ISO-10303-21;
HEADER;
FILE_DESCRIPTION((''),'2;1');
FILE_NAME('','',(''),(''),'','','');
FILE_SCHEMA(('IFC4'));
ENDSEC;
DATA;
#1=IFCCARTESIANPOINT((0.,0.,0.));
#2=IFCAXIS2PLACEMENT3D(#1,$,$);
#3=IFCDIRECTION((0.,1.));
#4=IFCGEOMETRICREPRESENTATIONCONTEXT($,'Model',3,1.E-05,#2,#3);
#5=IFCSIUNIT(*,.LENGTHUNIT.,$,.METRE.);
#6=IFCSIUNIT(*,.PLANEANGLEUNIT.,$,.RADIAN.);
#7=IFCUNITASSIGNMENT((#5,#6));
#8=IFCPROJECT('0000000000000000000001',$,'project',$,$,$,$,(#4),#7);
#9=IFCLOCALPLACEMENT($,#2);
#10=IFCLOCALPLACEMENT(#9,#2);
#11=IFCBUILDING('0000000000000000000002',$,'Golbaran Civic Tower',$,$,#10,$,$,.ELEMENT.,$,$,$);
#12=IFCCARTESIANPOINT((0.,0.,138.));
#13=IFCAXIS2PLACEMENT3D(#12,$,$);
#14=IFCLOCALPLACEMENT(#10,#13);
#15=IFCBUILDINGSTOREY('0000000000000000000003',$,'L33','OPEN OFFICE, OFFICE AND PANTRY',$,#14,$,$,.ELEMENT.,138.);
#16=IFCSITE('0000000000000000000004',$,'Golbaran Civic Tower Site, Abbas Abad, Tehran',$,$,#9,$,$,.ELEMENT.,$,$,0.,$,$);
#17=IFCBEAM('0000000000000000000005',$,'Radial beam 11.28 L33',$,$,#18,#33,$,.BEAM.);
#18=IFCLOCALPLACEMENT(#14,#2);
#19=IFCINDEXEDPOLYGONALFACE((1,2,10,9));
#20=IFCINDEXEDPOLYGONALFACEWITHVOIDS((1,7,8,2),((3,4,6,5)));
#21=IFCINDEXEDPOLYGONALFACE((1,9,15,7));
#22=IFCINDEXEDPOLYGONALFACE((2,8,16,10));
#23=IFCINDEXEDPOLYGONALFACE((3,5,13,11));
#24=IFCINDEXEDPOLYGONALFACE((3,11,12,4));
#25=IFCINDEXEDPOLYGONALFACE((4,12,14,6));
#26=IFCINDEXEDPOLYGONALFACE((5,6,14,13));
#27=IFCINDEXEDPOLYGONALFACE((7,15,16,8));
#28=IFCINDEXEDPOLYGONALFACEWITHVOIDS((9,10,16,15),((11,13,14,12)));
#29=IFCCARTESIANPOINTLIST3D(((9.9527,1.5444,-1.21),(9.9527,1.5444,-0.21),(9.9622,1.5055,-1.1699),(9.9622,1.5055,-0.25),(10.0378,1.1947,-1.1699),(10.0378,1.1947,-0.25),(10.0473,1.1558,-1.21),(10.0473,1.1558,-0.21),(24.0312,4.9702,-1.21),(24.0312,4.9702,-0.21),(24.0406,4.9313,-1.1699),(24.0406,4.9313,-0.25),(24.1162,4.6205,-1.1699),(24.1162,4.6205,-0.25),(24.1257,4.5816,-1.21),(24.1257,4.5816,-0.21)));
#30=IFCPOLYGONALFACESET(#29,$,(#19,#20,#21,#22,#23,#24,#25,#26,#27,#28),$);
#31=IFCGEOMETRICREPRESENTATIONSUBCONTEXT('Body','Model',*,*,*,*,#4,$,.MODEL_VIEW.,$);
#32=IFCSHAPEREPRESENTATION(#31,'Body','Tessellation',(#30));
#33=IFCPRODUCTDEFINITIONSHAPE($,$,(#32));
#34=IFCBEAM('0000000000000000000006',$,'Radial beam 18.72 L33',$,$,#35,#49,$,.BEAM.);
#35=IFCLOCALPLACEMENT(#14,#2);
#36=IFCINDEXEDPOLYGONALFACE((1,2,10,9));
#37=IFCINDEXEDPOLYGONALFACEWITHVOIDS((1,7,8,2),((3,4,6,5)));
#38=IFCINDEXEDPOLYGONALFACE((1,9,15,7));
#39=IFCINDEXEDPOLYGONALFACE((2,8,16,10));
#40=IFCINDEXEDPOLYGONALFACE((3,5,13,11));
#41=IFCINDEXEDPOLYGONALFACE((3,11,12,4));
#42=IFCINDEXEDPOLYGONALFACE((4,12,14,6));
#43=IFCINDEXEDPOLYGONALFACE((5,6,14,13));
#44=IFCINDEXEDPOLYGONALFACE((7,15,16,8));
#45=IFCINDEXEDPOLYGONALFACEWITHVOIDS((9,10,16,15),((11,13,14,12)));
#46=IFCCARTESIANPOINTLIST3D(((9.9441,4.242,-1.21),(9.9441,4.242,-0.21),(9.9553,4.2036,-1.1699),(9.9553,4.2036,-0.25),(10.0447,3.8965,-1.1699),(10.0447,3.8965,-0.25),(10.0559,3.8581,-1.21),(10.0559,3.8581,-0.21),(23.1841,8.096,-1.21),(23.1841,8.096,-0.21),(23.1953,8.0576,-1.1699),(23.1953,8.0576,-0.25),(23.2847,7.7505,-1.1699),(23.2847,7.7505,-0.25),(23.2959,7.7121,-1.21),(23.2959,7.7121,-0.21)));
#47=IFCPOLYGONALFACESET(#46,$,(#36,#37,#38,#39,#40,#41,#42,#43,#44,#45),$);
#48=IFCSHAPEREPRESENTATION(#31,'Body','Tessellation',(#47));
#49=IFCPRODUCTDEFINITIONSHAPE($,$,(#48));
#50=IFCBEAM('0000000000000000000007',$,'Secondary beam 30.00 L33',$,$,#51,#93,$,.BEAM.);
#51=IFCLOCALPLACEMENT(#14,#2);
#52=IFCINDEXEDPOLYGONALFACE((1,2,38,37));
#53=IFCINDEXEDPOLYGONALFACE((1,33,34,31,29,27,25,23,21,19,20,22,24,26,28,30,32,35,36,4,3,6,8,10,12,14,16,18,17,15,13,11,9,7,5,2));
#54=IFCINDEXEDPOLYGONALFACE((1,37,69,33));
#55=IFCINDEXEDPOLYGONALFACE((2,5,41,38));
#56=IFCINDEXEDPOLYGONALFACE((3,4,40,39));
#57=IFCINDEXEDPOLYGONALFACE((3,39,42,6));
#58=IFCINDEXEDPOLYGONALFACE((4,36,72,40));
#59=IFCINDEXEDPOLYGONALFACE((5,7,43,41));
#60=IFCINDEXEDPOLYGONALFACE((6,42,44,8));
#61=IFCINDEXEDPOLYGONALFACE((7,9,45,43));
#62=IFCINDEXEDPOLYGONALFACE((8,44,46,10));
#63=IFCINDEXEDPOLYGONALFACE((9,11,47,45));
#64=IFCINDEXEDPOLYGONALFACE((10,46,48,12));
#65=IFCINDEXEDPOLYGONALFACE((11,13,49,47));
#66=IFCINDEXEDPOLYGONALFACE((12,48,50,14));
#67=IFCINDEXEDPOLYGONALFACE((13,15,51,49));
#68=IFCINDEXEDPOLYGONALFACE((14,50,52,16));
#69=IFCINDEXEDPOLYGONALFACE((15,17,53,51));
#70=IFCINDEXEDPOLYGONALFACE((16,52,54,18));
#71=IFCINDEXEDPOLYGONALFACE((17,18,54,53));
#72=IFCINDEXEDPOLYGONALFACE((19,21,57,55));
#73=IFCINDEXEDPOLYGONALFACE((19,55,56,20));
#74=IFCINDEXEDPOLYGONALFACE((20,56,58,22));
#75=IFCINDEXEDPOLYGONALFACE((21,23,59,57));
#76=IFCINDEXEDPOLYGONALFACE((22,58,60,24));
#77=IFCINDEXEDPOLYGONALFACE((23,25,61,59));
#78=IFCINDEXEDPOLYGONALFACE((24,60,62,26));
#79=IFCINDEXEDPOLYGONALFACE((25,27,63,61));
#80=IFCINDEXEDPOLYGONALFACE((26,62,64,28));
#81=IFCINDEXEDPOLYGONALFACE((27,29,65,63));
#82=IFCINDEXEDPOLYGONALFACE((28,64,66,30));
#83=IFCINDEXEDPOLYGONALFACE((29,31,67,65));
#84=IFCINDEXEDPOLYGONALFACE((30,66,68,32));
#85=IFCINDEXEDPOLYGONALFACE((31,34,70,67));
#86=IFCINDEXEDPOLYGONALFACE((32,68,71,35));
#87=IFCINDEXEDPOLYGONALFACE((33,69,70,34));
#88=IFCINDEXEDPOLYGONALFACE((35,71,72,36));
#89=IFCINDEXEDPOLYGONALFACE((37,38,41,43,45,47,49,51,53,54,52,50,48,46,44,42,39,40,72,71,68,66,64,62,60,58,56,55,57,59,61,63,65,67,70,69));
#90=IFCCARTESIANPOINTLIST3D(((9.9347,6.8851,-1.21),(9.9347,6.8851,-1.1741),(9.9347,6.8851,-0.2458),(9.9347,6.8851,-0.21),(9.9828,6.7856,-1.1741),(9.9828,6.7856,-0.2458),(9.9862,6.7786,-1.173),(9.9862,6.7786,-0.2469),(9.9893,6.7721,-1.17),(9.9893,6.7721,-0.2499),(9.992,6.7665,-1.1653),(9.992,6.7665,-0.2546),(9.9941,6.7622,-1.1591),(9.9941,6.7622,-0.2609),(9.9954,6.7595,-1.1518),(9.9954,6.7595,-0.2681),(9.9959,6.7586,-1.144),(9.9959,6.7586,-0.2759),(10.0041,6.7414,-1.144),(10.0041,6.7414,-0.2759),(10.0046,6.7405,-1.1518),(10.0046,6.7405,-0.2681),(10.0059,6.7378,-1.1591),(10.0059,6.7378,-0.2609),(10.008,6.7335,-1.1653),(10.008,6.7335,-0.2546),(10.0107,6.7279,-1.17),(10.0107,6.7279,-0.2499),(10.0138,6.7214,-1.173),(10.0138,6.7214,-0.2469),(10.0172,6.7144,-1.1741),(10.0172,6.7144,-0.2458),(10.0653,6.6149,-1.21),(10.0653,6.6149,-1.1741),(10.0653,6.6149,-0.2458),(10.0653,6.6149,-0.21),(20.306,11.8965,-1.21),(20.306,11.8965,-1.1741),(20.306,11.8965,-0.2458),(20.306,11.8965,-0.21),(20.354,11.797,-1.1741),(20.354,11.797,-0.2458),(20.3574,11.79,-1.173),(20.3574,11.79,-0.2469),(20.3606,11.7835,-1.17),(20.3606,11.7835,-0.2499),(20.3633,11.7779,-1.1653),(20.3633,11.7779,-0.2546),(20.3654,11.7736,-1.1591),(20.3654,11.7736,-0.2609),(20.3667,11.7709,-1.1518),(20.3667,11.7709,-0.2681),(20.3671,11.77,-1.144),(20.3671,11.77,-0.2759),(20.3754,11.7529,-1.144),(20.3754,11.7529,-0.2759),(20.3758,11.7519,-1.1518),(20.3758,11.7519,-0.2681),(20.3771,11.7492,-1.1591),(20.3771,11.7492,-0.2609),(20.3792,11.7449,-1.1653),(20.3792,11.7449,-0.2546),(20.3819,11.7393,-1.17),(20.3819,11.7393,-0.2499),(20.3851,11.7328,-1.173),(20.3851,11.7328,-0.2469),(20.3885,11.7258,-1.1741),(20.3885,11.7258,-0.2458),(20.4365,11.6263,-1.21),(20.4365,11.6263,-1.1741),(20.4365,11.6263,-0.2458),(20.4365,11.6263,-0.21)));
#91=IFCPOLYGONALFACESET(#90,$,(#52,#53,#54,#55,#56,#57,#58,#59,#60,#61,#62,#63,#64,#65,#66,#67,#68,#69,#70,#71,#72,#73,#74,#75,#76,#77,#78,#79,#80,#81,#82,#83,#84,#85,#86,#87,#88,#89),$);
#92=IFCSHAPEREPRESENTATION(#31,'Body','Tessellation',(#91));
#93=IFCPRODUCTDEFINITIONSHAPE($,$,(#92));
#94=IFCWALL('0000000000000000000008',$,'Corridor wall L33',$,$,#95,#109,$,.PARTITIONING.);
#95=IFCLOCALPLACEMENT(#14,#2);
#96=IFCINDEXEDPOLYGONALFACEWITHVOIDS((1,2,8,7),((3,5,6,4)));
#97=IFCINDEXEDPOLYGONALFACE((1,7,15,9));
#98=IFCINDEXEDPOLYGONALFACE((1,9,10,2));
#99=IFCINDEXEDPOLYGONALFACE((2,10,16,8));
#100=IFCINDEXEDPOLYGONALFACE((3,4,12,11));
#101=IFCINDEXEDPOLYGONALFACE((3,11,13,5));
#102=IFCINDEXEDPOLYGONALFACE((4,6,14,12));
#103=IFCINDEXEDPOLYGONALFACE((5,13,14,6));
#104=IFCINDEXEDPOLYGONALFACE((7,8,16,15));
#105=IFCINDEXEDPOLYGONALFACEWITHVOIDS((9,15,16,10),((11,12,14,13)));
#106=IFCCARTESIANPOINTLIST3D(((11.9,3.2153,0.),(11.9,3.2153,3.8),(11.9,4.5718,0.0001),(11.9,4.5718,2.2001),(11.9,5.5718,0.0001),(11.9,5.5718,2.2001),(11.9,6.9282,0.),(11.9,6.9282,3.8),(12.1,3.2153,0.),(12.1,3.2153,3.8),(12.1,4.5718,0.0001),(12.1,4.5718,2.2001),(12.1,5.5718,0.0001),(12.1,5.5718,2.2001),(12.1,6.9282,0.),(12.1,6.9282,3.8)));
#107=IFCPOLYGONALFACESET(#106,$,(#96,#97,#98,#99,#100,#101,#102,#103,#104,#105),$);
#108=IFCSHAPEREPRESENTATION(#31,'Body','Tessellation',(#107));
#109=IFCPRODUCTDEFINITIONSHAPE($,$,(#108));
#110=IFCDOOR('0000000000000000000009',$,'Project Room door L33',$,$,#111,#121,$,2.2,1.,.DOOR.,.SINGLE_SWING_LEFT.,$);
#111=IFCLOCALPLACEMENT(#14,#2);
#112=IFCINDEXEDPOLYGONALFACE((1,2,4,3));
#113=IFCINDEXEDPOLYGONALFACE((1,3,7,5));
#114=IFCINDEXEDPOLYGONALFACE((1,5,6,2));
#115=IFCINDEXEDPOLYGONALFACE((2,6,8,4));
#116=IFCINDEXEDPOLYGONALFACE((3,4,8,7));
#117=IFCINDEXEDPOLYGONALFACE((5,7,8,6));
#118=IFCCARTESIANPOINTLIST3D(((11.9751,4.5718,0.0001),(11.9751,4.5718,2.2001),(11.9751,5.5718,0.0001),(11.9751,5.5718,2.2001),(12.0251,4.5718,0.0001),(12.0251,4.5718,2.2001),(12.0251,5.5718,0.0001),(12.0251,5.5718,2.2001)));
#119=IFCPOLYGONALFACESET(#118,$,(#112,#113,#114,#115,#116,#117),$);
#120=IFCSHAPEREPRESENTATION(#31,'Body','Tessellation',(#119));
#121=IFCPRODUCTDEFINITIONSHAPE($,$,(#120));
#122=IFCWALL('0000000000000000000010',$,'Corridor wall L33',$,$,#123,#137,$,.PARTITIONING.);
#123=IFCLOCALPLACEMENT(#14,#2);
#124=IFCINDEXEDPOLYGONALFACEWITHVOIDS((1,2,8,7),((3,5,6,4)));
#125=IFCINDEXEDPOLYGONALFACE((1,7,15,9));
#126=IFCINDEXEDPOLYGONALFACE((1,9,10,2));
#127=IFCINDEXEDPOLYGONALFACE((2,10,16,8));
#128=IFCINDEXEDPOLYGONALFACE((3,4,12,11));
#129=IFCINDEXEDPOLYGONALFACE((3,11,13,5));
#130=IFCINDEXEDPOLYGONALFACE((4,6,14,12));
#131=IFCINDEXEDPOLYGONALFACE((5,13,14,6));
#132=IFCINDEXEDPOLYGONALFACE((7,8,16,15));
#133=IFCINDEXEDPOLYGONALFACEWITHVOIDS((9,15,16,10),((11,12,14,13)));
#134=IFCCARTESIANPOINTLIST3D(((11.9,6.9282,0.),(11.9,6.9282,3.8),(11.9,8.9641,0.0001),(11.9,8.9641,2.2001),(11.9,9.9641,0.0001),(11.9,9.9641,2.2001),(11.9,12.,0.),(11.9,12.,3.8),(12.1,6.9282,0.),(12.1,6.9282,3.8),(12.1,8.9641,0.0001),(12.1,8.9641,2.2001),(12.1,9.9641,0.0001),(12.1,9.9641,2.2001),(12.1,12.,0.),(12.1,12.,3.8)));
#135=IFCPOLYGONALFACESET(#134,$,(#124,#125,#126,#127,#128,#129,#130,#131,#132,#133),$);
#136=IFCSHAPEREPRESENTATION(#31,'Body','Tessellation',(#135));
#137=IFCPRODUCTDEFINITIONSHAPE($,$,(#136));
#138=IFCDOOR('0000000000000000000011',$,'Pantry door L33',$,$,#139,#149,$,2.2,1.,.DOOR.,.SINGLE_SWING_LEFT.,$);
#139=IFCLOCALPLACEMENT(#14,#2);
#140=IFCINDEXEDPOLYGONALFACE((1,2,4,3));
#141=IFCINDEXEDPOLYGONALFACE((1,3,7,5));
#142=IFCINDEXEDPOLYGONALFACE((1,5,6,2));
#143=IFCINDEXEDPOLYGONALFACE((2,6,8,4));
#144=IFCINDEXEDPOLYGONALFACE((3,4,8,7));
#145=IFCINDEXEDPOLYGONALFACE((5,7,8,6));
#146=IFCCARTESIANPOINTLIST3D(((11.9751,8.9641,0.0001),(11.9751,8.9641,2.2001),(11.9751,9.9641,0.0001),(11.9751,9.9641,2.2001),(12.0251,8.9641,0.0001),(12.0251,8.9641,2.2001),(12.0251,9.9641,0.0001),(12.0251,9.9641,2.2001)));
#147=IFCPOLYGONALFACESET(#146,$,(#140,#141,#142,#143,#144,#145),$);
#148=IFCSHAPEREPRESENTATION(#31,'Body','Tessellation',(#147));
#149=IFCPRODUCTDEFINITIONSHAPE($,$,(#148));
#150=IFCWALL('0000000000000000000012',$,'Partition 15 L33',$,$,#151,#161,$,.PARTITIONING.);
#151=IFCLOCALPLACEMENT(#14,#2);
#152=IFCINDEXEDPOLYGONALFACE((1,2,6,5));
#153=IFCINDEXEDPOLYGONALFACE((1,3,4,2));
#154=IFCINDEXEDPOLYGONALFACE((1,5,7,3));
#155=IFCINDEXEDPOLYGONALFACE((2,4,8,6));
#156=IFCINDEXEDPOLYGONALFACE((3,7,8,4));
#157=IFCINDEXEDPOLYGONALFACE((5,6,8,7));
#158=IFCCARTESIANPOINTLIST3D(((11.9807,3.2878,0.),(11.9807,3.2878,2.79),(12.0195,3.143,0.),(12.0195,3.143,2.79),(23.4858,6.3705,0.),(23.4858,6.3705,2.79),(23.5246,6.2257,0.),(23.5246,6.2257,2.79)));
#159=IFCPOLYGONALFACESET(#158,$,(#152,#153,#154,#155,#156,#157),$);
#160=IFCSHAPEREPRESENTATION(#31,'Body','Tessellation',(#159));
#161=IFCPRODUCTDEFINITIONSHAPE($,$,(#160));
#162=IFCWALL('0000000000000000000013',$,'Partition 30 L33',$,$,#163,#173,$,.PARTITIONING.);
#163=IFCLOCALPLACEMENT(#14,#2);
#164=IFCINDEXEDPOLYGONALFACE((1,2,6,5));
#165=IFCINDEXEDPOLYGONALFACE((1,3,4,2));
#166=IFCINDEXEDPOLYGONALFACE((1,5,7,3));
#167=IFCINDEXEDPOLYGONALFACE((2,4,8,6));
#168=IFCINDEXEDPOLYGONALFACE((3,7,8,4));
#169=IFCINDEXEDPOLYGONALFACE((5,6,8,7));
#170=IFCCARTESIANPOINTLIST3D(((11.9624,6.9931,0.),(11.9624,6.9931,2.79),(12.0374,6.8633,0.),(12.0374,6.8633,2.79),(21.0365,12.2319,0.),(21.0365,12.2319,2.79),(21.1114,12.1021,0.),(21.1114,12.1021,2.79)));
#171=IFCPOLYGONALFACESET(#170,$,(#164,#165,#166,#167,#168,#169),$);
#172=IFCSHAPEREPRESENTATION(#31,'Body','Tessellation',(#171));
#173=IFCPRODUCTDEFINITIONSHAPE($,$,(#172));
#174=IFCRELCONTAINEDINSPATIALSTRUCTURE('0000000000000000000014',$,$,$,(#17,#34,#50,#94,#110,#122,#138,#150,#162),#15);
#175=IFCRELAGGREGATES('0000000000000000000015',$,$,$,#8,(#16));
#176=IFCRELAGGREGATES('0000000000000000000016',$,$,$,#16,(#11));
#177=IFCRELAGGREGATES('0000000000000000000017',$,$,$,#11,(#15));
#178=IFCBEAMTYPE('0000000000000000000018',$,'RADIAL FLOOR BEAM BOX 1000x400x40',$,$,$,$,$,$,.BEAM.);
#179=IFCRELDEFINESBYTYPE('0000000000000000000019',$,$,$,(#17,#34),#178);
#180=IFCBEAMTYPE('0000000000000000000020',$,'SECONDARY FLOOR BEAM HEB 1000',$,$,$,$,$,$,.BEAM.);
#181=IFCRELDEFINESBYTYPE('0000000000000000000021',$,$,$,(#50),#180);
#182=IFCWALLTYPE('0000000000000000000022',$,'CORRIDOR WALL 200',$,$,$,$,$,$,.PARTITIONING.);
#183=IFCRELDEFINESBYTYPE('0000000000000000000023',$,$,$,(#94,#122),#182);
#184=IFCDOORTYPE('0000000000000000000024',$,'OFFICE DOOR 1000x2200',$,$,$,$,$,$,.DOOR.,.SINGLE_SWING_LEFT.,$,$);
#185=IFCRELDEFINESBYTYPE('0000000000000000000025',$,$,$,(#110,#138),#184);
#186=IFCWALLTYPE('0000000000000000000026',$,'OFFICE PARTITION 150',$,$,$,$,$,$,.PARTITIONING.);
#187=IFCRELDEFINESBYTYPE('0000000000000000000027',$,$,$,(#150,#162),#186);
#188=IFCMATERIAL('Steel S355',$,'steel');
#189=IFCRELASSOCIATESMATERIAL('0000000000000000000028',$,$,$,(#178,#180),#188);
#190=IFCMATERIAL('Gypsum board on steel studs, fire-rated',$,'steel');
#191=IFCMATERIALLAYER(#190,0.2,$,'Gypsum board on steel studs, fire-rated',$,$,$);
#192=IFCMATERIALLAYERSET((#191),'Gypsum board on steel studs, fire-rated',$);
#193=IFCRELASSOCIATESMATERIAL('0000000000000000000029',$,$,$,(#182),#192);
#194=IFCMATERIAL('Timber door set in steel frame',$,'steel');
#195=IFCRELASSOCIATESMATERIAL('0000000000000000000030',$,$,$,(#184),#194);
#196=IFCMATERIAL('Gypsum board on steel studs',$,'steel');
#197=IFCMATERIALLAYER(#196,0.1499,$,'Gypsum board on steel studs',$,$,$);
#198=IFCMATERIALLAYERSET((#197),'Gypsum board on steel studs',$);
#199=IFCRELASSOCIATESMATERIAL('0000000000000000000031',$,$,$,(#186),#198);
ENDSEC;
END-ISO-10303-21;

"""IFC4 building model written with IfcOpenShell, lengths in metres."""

from ifc_helpers import new_model, si_unit, direction, frame, frame_2d, origin, origin_2d, place, context, subcontext, project, spatial, rectangle, hollow_rectangle, i_section, extrude, material, layer, layer_set, material_profile, profile_set, type_object, element, fill, save


model = new_model("IFC4")

# Units and contexts
model_context = context("Model", 3, precision=1e-05, world=origin(), true_north=direction((0.0, 1.0)))
body_context = subcontext(model_context, "Body", "Model", "MODEL_VIEW")
ifc_project = project(units=[si_unit("LENGTHUNIT", "METRE"), si_unit("PLANEANGLEUNIT", "RADIAN")], contexts=[model_context])

# Site, building, storey
site_placement = place(None, origin())
site = spatial("IfcSite", under=ifc_project, at=site_placement, Name="Golbaran Civic Tower Site, Abbas Abad, Tehran", CompositionType="ELEMENT", RefElevation=0.0)
building_placement = place(site_placement, origin())
building = spatial("IfcBuilding", under=site, at=building_placement, Name="Golbaran Civic Tower", CompositionType="ELEMENT")
storey_placement = place(building_placement, frame((0.0, 0.0, 138.0)))
storey = spatial("IfcBuildingStorey", under=building, at=storey_placement, Name="L33", Description="OPEN OFFICE, OFFICE AND PANTRY", CompositionType="ELEMENT", Elevation=138.0)

# Beams
ifc_material_1 = material(Name="Steel S355", Category="steel")
ifc_material_profile_1 = material_profile(ifc_material_1, hollow_rectangle(XDim=0.3999, YDim=1.0, WallThickness=0.04, at=origin_2d()), Name="BOX 1000x400x40")
ifc_profile_set_1 = profile_set([ifc_material_profile_1], Name="Steel S355")
beam_type_1 = type_object("IfcBeamType", Name="RADIAL FLOOR BEAM BOX 1000x400x40", PredefinedType="BEAM", material=ifc_profile_set_1)
beam_1_placement = place(storey_placement, frame((10.0, 1.3501, -0.71), z_axis=(0.971647, 0.236437, 0.0), x_axis=(-0.236437, 0.971647, 0.0)))
element("IfcBeam", 1, at=beam_1_placement, inside=storey, type_object=beam_type_1, Name="Radial beam 11.28 L33", PredefinedType="BEAM", context=body_context, shape_type="SweptSolid", body=[
    extrude(hollow_rectangle(XDim=0.3999, YDim=1.0, WallThickness=0.04, at=origin_2d()), origin(), (0.0, 0.0, 1.0), 14.4893),
])
beam_2_placement = place(storey_placement, frame((10.0, 4.05, -0.71), z_axis=(0.960149, 0.279488, 0.0), x_axis=(-0.279488, 0.960149, 0.0)))
element("IfcBeam", 2, at=beam_2_placement, inside=storey, type_object=beam_type_1, Name="Radial beam 18.72 L33", PredefinedType="BEAM", context=body_context, shape_type="SweptSolid", body=[
    extrude(hollow_rectangle(XDim=0.3999, YDim=1.0, WallThickness=0.04, at=origin_2d()), origin(), (0.0, 0.0, 1.0), 13.7896),
])
ifc_material_profile_2 = material_profile(ifc_material_1, i_section(OverallWidth=0.3, OverallDepth=1.0, WebThickness=0.019, FlangeThickness=0.0359, FilletRadius=0.03, at=origin_2d()), Name="HEB 1000")
ifc_profile_set_2 = profile_set([ifc_material_profile_2], Name="Steel S355")
beam_type_2 = type_object("IfcBeamType", Name="SECONDARY FLOOR BEAM HEB 1000", PredefinedType="BEAM", material=ifc_profile_set_2)
beam_3_placement = place(storey_placement, frame((10.0, 6.75, -0.71), z_axis=(0.900394, 0.435074, 0.0), x_axis=(-0.435074, 0.900394, 0.0)))
element("IfcBeam", 3, at=beam_3_placement, inside=storey, type_object=beam_type_2, Name="Secondary beam 30.00 L33", PredefinedType="BEAM", context=body_context, shape_type="SweptSolid", body=[
    extrude(i_section(OverallWidth=0.3, OverallDepth=1.0, WebThickness=0.019, FlangeThickness=0.0359, FilletRadius=0.03, at=origin_2d()), origin(), (0.0, 0.0, 1.0), 11.5186),
])

# Walls, openings, doors
ifc_material_2 = material(Name="Gypsum board on steel studs, fire-rated", Category="steel")
ifc_layer_1 = layer(ifc_material_2, 0.2, Name="Gypsum board on steel studs, fire-rated")
ifc_layer_set_1 = layer_set([ifc_layer_1], Name="Gypsum board on steel studs, fire-rated")
wall_type_1 = type_object("IfcWallType", Name="CORRIDOR WALL 200", PredefinedType="PARTITIONING", material=ifc_layer_set_1)
wall_1_placement = place(storey_placement, frame((12.0, 3.2153, 0.0), z_axis=(0.0, 0.0, 1.0), x_axis=(0.0, 1.0, 0.0)))
wall_1 = element("IfcWall", 4, at=wall_1_placement, inside=storey, type_object=wall_type_1, Name="Corridor wall L33", PredefinedType="PARTITIONING", context=body_context, shape_type="SweptSolid", body=[
    extrude(rectangle(XDim=3.7129, YDim=0.2, at=frame_2d((1.8564, 0.0))), origin(), (0.0, 0.0, 1.0), 3.8),
])
opening_1_placement = place(wall_1_placement, frame((1.3564, 0.0, 0.0)))
opening_1 = element("IfcOpeningElement", 5, at=opening_1_placement, cuts=wall_1, PredefinedType="OPENING", context=body_context, shape_type="SweptSolid", body=[
    extrude(rectangle(XDim=1.0, YDim=2.2, at=frame_2d((0.5, 1.1001))), frame((0.0, 0.1099, 0.0), z_axis=(0.0, -1.0, 0.0), x_axis=(1.0, 0.0, 0.0)), (0.0, 0.0, 1.0), 0.22),
])
ifc_material_3 = material(Name="Timber door set in steel frame", Category="steel")
door_type = type_object("IfcDoorType", Name="OFFICE DOOR 1000x2200", OperationType="SINGLE_SWING_LEFT", PredefinedType="DOOR", material=ifc_material_3)
door_1_placement = place(opening_1_placement, origin())
door_1 = element("IfcDoor", 6, at=door_1_placement, inside=storey, type_object=door_type, Name="Project Room door L33", OperationType="SINGLE_SWING_LEFT", OverallHeight=2.2, OverallWidth=1.0, PredefinedType="DOOR", context=body_context, shape_type="SweptSolid", body=[
    extrude(rectangle(XDim=1.0, YDim=2.2, at=frame_2d((0.5, 1.1001))), frame((0.0, 0.0249, 0.0), z_axis=(0.0, -1.0, 0.0), x_axis=(1.0, 0.0, 0.0)), (0.0, 0.0, 1.0), 0.05),
])
fill(opening_1, door_1)
wall_2_placement = place(storey_placement, frame((12.0, 6.9282, 0.0), z_axis=(0.0, 0.0, 1.0), x_axis=(0.0, 1.0, 0.0)))
wall_2 = element("IfcWall", 7, at=wall_2_placement, inside=storey, type_object=wall_type_1, Name="Corridor wall L33", PredefinedType="PARTITIONING", context=body_context, shape_type="SweptSolid", body=[
    extrude(rectangle(XDim=5.0718, YDim=0.2, at=frame_2d((2.5359, 0.0))), origin(), (0.0, 0.0, 1.0), 3.8),
])
opening_2_placement = place(wall_2_placement, frame((2.0359, 0.0, 0.0)))
opening_2 = element("IfcOpeningElement", 8, at=opening_2_placement, cuts=wall_2, PredefinedType="OPENING", context=body_context, shape_type="SweptSolid", body=[
    extrude(rectangle(XDim=1.0, YDim=2.2, at=frame_2d((0.5, 1.1001))), frame((0.0, 0.1099, 0.0), z_axis=(0.0, -1.0, 0.0), x_axis=(1.0, 0.0, 0.0)), (0.0, 0.0, 1.0), 0.22),
])
door_2_placement = place(opening_2_placement, origin())
door_2 = element("IfcDoor", 9, at=door_2_placement, inside=storey, type_object=door_type, Name="Pantry door L33", OperationType="SINGLE_SWING_LEFT", OverallHeight=2.2, OverallWidth=1.0, PredefinedType="DOOR", context=body_context, shape_type="SweptSolid", body=[
    extrude(rectangle(XDim=1.0, YDim=2.2, at=frame_2d((0.5, 1.1001))), frame((0.0, 0.0249, 0.0), z_axis=(0.0, -1.0, 0.0), x_axis=(1.0, 0.0, 0.0)), (0.0, 0.0, 1.0), 0.05),
])
fill(opening_2, door_2)

# Walls
ifc_material_4 = material(Name="Gypsum board on steel studs", Category="steel")
ifc_layer_2 = layer(ifc_material_4, 0.1499, Name="Gypsum board on steel studs")
ifc_layer_set_2 = layer_set([ifc_layer_2], Name="Gypsum board on steel studs")
wall_type_2 = type_object("IfcWallType", Name="OFFICE PARTITION 150", PredefinedType="PARTITIONING", material=ifc_layer_set_2)
wall_3_placement = place(storey_placement, frame((12.0, 3.2153, 0.0), z_axis=(0.0, 0.0, 1.0), x_axis=(0.965926, 0.258817, 0.0)))
element("IfcWall", 10, at=wall_3_placement, inside=storey, type_object=wall_type_2, Name="Partition 15 L33", PredefinedType="PARTITIONING", context=body_context, shape_type="SweptSolid", body=[
    extrude(rectangle(XDim=11.9109, YDim=0.1499, at=frame_2d((5.9556, 0.0))), origin(), (0.0, 0.0, 1.0), 2.79),
])
wall_4_placement = place(storey_placement, frame((12.0, 6.9282, 0.0), z_axis=(0.0, 0.0, 1.0), x_axis=(0.866029, 0.499993, 0.0)))
element("IfcWall", 11, at=wall_4_placement, inside=storey, type_object=wall_type_2, Name="Partition 30 L33", PredefinedType="PARTITIONING", context=body_context, shape_type="SweptSolid", body=[
    extrude(rectangle(XDim=10.4778, YDim=0.1499, at=frame_2d((5.2388, 0.0))), origin(), (0.0, 0.0, 1.0), 2.79),
])

save(model, "model.ifc")
